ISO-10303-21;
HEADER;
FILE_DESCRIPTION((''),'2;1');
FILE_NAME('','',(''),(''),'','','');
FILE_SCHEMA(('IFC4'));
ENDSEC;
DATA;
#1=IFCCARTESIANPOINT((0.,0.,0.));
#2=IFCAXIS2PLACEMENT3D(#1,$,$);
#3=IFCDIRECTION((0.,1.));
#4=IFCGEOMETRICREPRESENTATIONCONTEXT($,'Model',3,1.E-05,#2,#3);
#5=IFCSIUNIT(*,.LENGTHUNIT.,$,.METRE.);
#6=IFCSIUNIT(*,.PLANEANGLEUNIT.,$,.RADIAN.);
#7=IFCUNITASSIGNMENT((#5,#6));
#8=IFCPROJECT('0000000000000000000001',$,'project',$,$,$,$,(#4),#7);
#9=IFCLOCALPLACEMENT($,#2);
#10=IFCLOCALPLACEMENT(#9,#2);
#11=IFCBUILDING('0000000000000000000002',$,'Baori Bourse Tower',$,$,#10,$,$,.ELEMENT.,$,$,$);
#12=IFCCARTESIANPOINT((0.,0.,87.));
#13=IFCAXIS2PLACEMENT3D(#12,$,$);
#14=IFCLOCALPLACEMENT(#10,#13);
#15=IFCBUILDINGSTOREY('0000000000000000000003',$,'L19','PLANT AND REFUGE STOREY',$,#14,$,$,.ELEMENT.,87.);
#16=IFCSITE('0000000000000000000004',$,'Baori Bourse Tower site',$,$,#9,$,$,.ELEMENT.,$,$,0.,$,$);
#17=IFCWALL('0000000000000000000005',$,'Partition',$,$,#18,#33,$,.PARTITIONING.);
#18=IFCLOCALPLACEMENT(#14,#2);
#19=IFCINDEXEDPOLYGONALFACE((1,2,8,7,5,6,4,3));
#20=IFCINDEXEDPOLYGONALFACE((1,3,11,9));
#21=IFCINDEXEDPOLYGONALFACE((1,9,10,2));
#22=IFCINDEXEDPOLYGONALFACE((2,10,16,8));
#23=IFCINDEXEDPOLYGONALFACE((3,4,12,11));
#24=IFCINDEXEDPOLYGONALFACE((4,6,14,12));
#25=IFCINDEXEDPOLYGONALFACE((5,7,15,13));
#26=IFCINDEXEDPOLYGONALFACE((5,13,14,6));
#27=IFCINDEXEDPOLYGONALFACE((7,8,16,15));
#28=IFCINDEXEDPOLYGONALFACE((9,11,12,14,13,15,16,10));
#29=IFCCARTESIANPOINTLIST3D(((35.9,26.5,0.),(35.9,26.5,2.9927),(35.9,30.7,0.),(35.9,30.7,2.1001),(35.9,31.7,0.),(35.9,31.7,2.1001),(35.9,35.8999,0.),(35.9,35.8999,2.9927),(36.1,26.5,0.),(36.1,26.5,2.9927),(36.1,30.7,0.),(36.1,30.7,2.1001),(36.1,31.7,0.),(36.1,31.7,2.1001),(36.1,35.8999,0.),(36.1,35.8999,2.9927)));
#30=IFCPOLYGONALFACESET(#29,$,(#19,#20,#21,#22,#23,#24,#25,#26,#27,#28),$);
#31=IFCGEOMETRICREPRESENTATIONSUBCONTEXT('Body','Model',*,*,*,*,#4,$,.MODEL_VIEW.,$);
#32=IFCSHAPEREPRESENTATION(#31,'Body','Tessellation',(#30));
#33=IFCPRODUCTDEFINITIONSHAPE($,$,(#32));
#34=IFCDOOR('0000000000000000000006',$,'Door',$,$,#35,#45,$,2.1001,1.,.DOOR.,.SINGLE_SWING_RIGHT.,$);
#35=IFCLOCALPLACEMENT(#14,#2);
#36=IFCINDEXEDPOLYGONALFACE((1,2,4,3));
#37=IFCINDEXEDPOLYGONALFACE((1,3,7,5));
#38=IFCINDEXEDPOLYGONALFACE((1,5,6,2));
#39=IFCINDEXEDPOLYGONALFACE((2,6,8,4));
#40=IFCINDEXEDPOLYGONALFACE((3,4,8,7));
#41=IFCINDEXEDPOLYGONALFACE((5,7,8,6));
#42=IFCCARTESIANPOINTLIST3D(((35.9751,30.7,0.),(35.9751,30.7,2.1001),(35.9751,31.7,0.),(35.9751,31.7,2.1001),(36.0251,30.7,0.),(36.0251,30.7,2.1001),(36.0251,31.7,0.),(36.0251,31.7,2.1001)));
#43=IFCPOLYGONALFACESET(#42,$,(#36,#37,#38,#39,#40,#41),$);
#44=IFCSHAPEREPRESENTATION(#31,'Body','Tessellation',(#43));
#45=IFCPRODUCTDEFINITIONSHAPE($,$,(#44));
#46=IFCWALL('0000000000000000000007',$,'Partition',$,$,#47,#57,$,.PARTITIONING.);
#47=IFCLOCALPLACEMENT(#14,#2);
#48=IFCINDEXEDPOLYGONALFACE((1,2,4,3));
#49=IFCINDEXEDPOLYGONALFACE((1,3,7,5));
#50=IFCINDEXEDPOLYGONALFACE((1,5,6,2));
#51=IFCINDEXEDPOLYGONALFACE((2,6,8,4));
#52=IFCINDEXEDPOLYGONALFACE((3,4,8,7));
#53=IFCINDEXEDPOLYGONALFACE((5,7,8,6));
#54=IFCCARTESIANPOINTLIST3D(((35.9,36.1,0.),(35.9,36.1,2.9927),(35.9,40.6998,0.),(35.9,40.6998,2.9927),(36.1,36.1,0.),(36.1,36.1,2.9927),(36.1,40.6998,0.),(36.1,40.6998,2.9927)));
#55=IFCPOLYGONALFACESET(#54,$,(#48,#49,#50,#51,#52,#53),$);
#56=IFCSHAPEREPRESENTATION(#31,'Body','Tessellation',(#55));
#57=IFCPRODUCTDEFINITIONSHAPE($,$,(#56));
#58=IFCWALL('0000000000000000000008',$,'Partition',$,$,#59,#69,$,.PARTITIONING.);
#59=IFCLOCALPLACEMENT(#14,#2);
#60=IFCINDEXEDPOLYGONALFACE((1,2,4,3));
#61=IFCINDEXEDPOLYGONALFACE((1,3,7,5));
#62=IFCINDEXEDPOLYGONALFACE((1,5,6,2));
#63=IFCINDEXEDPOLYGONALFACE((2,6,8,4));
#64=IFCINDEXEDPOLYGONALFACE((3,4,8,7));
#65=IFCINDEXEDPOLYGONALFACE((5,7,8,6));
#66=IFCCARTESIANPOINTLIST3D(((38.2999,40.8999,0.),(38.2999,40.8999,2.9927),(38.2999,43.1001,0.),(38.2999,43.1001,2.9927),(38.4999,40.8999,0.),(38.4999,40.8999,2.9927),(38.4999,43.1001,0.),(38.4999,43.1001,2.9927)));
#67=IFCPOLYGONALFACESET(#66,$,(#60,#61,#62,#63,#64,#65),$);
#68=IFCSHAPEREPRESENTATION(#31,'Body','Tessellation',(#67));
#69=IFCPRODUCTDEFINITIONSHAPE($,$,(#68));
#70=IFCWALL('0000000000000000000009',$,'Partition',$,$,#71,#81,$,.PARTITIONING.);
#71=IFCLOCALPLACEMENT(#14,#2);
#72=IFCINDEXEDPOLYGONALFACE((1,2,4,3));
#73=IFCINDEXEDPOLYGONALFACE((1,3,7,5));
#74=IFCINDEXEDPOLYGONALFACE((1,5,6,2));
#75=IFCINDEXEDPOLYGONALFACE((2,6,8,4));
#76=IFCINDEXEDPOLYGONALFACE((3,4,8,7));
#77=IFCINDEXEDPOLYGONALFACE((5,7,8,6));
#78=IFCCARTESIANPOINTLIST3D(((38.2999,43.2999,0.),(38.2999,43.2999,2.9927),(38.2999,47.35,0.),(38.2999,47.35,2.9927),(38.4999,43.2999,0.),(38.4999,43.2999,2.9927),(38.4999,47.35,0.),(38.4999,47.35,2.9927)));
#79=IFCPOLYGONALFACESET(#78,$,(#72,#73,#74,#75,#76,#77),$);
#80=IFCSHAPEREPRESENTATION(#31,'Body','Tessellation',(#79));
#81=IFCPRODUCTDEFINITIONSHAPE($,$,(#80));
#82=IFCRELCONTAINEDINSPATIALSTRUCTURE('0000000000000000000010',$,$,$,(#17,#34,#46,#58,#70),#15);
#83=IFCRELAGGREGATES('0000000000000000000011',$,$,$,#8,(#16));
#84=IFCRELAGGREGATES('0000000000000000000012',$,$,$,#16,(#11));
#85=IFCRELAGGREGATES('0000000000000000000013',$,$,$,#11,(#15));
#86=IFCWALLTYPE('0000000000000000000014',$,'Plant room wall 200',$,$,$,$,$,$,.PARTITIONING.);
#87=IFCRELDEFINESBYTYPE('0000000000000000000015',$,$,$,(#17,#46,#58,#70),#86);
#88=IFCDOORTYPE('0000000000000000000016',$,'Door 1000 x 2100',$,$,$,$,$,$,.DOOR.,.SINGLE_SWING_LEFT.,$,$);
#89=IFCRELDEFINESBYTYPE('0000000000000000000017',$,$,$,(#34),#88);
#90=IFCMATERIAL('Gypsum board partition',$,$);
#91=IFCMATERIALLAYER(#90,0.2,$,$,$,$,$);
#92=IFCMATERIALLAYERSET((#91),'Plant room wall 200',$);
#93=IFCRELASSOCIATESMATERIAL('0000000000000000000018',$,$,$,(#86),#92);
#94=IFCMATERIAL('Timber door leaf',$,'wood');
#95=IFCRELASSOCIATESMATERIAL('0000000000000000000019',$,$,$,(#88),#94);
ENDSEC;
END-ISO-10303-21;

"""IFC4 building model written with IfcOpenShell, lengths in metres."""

from ifc_helpers import new_model, si_unit, direction, frame, frame_2d, origin, place, context, subcontext, project, spatial, rectangle, extrude, material, layer, layer_set, type_object, element, fill, save


model = new_model("IFC4")

# Units and contexts
model_context = context("Model", 3, precision=1e-05, world=origin(), true_north=direction((0.0, 1.0)))
body_context = subcontext(model_context, "Body", "Model", "MODEL_VIEW")
ifc_project = project(units=[si_unit("LENGTHUNIT", "METRE"), si_unit("PLANEANGLEUNIT", "RADIAN")], contexts=[model_context])

# Site, building, storey
site_placement = place(None, origin())
site = spatial("IfcSite", under=ifc_project, at=site_placement, Name="Baori Bourse Tower site", CompositionType="ELEMENT", RefElevation=0.0)
building_placement = place(site_placement, origin())
building = spatial("IfcBuilding", under=site, at=building_placement, Name="Baori Bourse Tower", CompositionType="ELEMENT")
storey_placement = place(building_placement, frame((0.0, 0.0, 87.0)))
storey = spatial("IfcBuildingStorey", under=building, at=storey_placement, Name="L19", Description="PLANT AND REFUGE STOREY", CompositionType="ELEMENT", Elevation=87.0)

# Shared definitions
ifc_material_1 = material(Name="Gypsum board partition")
ifc_layer = layer(ifc_material_1, 0.2)
ifc_layer_set = layer_set([ifc_layer], Name="Plant room wall 200")
wall_type = type_object("IfcWallType", Name="Plant room wall 200", PredefinedType="PARTITIONING", material=ifc_layer_set)

# Shared definitions
ifc_material_2 = material(Name="Timber door leaf", Category="wood")
door_type = type_object("IfcDoorType", Name="Door 1000 x 2100", OperationType="SINGLE_SWING_LEFT", PredefinedType="DOOR", material=ifc_material_2)

# Wall, opening, door
wall_1_placement = place(storey_placement, frame((36.0, 26.5, 0.0), z_axis=(0.0, 0.0, 1.0), x_axis=(0.0, 1.0, 0.0)))
wall_1 = element("IfcWall", 1, at=wall_1_placement, inside=storey, type_object=wall_type, Name="Partition", PredefinedType="PARTITIONING", context=body_context, shape_type="SweptSolid", body=[
    extrude(rectangle(XDim=9.3999, YDim=0.2, at=frame_2d((4.7, 0.0))), origin(), (0.0, 0.0, 1.0), 2.9927),
])
opening_1_placement = place(wall_1_placement, frame((4.2, 0.0, 0.0)))
opening_1 = element("IfcOpeningElement", 2, at=opening_1_placement, cuts=wall_1, PredefinedType="OPENING", context=body_context, shape_type="SweptSolid", body=[
    extrude(rectangle(XDim=1.0, YDim=2.1001, at=frame_2d((0.5, 1.05))), frame((0.0, 0.1099, 0.0), z_axis=(0.0, -1.0, 0.0), x_axis=(1.0, 0.0, 0.0)), (0.0, 0.0, 1.0), 0.22),
])
door_1_placement = place(opening_1_placement, origin())
door_1 = element("IfcDoor", 3, at=door_1_placement, inside=storey, type_object=door_type, Name="Door", OperationType="SINGLE_SWING_RIGHT", OverallHeight=2.1001, OverallWidth=1.0, PredefinedType="DOOR", context=body_context, shape_type="SweptSolid", body=[
    extrude(rectangle(XDim=1.0, YDim=2.1001, at=frame_2d((0.5, 1.05))), frame((0.0, 0.0249, 0.0), z_axis=(0.0, -1.0, 0.0), x_axis=(1.0, 0.0, 0.0)), (0.0, 0.0, 1.0), 0.05),
])
fill(opening_1, door_1)

# Walls
wall_2_placement = place(storey_placement, frame((36.0, 36.1001, 0.0), z_axis=(0.0, 0.0, 1.0), x_axis=(0.0, 1.0, 0.0)))
element("IfcWall", 4, at=wall_2_placement, inside=storey, type_object=wall_type, Name="Partition", PredefinedType="PARTITIONING", context=body_context, shape_type="SweptSolid", body=[
    extrude(rectangle(XDim=4.5999, YDim=0.2, at=frame_2d((2.2998, 0.0))), origin(), (0.0, 0.0, 1.0), 2.9927),
])
wall_3_placement = place(storey_placement, frame((38.3999, 40.8999, 0.0), z_axis=(0.0, 0.0, 1.0), x_axis=(0.0, 1.0, 0.0)))
element("IfcWall", 5, at=wall_3_placement, inside=storey, type_object=wall_type, Name="Partition", PredefinedType="PARTITIONING", context=body_context, shape_type="SweptSolid", body=[
    extrude(rectangle(XDim=2.2002, YDim=0.2, at=frame_2d((1.1001, 0.0))), origin(), (0.0, 0.0, 1.0), 2.9927),
])
wall_4_placement = place(storey_placement, frame((38.3999, 43.3, 0.0), z_axis=(0.0, 0.0, 1.0), x_axis=(0.0, 1.0, 0.0)))
element("IfcWall", 6, at=wall_4_placement, inside=storey, type_object=wall_type, Name="Partition", PredefinedType="PARTITIONING", context=body_context, shape_type="SweptSolid", body=[
    extrude(rectangle(XDim=4.05, YDim=0.2, at=frame_2d((2.0249, 0.0))), origin(), (0.0, 0.0, 1.0), 2.9927),
])

save(model, "model.ifc")
